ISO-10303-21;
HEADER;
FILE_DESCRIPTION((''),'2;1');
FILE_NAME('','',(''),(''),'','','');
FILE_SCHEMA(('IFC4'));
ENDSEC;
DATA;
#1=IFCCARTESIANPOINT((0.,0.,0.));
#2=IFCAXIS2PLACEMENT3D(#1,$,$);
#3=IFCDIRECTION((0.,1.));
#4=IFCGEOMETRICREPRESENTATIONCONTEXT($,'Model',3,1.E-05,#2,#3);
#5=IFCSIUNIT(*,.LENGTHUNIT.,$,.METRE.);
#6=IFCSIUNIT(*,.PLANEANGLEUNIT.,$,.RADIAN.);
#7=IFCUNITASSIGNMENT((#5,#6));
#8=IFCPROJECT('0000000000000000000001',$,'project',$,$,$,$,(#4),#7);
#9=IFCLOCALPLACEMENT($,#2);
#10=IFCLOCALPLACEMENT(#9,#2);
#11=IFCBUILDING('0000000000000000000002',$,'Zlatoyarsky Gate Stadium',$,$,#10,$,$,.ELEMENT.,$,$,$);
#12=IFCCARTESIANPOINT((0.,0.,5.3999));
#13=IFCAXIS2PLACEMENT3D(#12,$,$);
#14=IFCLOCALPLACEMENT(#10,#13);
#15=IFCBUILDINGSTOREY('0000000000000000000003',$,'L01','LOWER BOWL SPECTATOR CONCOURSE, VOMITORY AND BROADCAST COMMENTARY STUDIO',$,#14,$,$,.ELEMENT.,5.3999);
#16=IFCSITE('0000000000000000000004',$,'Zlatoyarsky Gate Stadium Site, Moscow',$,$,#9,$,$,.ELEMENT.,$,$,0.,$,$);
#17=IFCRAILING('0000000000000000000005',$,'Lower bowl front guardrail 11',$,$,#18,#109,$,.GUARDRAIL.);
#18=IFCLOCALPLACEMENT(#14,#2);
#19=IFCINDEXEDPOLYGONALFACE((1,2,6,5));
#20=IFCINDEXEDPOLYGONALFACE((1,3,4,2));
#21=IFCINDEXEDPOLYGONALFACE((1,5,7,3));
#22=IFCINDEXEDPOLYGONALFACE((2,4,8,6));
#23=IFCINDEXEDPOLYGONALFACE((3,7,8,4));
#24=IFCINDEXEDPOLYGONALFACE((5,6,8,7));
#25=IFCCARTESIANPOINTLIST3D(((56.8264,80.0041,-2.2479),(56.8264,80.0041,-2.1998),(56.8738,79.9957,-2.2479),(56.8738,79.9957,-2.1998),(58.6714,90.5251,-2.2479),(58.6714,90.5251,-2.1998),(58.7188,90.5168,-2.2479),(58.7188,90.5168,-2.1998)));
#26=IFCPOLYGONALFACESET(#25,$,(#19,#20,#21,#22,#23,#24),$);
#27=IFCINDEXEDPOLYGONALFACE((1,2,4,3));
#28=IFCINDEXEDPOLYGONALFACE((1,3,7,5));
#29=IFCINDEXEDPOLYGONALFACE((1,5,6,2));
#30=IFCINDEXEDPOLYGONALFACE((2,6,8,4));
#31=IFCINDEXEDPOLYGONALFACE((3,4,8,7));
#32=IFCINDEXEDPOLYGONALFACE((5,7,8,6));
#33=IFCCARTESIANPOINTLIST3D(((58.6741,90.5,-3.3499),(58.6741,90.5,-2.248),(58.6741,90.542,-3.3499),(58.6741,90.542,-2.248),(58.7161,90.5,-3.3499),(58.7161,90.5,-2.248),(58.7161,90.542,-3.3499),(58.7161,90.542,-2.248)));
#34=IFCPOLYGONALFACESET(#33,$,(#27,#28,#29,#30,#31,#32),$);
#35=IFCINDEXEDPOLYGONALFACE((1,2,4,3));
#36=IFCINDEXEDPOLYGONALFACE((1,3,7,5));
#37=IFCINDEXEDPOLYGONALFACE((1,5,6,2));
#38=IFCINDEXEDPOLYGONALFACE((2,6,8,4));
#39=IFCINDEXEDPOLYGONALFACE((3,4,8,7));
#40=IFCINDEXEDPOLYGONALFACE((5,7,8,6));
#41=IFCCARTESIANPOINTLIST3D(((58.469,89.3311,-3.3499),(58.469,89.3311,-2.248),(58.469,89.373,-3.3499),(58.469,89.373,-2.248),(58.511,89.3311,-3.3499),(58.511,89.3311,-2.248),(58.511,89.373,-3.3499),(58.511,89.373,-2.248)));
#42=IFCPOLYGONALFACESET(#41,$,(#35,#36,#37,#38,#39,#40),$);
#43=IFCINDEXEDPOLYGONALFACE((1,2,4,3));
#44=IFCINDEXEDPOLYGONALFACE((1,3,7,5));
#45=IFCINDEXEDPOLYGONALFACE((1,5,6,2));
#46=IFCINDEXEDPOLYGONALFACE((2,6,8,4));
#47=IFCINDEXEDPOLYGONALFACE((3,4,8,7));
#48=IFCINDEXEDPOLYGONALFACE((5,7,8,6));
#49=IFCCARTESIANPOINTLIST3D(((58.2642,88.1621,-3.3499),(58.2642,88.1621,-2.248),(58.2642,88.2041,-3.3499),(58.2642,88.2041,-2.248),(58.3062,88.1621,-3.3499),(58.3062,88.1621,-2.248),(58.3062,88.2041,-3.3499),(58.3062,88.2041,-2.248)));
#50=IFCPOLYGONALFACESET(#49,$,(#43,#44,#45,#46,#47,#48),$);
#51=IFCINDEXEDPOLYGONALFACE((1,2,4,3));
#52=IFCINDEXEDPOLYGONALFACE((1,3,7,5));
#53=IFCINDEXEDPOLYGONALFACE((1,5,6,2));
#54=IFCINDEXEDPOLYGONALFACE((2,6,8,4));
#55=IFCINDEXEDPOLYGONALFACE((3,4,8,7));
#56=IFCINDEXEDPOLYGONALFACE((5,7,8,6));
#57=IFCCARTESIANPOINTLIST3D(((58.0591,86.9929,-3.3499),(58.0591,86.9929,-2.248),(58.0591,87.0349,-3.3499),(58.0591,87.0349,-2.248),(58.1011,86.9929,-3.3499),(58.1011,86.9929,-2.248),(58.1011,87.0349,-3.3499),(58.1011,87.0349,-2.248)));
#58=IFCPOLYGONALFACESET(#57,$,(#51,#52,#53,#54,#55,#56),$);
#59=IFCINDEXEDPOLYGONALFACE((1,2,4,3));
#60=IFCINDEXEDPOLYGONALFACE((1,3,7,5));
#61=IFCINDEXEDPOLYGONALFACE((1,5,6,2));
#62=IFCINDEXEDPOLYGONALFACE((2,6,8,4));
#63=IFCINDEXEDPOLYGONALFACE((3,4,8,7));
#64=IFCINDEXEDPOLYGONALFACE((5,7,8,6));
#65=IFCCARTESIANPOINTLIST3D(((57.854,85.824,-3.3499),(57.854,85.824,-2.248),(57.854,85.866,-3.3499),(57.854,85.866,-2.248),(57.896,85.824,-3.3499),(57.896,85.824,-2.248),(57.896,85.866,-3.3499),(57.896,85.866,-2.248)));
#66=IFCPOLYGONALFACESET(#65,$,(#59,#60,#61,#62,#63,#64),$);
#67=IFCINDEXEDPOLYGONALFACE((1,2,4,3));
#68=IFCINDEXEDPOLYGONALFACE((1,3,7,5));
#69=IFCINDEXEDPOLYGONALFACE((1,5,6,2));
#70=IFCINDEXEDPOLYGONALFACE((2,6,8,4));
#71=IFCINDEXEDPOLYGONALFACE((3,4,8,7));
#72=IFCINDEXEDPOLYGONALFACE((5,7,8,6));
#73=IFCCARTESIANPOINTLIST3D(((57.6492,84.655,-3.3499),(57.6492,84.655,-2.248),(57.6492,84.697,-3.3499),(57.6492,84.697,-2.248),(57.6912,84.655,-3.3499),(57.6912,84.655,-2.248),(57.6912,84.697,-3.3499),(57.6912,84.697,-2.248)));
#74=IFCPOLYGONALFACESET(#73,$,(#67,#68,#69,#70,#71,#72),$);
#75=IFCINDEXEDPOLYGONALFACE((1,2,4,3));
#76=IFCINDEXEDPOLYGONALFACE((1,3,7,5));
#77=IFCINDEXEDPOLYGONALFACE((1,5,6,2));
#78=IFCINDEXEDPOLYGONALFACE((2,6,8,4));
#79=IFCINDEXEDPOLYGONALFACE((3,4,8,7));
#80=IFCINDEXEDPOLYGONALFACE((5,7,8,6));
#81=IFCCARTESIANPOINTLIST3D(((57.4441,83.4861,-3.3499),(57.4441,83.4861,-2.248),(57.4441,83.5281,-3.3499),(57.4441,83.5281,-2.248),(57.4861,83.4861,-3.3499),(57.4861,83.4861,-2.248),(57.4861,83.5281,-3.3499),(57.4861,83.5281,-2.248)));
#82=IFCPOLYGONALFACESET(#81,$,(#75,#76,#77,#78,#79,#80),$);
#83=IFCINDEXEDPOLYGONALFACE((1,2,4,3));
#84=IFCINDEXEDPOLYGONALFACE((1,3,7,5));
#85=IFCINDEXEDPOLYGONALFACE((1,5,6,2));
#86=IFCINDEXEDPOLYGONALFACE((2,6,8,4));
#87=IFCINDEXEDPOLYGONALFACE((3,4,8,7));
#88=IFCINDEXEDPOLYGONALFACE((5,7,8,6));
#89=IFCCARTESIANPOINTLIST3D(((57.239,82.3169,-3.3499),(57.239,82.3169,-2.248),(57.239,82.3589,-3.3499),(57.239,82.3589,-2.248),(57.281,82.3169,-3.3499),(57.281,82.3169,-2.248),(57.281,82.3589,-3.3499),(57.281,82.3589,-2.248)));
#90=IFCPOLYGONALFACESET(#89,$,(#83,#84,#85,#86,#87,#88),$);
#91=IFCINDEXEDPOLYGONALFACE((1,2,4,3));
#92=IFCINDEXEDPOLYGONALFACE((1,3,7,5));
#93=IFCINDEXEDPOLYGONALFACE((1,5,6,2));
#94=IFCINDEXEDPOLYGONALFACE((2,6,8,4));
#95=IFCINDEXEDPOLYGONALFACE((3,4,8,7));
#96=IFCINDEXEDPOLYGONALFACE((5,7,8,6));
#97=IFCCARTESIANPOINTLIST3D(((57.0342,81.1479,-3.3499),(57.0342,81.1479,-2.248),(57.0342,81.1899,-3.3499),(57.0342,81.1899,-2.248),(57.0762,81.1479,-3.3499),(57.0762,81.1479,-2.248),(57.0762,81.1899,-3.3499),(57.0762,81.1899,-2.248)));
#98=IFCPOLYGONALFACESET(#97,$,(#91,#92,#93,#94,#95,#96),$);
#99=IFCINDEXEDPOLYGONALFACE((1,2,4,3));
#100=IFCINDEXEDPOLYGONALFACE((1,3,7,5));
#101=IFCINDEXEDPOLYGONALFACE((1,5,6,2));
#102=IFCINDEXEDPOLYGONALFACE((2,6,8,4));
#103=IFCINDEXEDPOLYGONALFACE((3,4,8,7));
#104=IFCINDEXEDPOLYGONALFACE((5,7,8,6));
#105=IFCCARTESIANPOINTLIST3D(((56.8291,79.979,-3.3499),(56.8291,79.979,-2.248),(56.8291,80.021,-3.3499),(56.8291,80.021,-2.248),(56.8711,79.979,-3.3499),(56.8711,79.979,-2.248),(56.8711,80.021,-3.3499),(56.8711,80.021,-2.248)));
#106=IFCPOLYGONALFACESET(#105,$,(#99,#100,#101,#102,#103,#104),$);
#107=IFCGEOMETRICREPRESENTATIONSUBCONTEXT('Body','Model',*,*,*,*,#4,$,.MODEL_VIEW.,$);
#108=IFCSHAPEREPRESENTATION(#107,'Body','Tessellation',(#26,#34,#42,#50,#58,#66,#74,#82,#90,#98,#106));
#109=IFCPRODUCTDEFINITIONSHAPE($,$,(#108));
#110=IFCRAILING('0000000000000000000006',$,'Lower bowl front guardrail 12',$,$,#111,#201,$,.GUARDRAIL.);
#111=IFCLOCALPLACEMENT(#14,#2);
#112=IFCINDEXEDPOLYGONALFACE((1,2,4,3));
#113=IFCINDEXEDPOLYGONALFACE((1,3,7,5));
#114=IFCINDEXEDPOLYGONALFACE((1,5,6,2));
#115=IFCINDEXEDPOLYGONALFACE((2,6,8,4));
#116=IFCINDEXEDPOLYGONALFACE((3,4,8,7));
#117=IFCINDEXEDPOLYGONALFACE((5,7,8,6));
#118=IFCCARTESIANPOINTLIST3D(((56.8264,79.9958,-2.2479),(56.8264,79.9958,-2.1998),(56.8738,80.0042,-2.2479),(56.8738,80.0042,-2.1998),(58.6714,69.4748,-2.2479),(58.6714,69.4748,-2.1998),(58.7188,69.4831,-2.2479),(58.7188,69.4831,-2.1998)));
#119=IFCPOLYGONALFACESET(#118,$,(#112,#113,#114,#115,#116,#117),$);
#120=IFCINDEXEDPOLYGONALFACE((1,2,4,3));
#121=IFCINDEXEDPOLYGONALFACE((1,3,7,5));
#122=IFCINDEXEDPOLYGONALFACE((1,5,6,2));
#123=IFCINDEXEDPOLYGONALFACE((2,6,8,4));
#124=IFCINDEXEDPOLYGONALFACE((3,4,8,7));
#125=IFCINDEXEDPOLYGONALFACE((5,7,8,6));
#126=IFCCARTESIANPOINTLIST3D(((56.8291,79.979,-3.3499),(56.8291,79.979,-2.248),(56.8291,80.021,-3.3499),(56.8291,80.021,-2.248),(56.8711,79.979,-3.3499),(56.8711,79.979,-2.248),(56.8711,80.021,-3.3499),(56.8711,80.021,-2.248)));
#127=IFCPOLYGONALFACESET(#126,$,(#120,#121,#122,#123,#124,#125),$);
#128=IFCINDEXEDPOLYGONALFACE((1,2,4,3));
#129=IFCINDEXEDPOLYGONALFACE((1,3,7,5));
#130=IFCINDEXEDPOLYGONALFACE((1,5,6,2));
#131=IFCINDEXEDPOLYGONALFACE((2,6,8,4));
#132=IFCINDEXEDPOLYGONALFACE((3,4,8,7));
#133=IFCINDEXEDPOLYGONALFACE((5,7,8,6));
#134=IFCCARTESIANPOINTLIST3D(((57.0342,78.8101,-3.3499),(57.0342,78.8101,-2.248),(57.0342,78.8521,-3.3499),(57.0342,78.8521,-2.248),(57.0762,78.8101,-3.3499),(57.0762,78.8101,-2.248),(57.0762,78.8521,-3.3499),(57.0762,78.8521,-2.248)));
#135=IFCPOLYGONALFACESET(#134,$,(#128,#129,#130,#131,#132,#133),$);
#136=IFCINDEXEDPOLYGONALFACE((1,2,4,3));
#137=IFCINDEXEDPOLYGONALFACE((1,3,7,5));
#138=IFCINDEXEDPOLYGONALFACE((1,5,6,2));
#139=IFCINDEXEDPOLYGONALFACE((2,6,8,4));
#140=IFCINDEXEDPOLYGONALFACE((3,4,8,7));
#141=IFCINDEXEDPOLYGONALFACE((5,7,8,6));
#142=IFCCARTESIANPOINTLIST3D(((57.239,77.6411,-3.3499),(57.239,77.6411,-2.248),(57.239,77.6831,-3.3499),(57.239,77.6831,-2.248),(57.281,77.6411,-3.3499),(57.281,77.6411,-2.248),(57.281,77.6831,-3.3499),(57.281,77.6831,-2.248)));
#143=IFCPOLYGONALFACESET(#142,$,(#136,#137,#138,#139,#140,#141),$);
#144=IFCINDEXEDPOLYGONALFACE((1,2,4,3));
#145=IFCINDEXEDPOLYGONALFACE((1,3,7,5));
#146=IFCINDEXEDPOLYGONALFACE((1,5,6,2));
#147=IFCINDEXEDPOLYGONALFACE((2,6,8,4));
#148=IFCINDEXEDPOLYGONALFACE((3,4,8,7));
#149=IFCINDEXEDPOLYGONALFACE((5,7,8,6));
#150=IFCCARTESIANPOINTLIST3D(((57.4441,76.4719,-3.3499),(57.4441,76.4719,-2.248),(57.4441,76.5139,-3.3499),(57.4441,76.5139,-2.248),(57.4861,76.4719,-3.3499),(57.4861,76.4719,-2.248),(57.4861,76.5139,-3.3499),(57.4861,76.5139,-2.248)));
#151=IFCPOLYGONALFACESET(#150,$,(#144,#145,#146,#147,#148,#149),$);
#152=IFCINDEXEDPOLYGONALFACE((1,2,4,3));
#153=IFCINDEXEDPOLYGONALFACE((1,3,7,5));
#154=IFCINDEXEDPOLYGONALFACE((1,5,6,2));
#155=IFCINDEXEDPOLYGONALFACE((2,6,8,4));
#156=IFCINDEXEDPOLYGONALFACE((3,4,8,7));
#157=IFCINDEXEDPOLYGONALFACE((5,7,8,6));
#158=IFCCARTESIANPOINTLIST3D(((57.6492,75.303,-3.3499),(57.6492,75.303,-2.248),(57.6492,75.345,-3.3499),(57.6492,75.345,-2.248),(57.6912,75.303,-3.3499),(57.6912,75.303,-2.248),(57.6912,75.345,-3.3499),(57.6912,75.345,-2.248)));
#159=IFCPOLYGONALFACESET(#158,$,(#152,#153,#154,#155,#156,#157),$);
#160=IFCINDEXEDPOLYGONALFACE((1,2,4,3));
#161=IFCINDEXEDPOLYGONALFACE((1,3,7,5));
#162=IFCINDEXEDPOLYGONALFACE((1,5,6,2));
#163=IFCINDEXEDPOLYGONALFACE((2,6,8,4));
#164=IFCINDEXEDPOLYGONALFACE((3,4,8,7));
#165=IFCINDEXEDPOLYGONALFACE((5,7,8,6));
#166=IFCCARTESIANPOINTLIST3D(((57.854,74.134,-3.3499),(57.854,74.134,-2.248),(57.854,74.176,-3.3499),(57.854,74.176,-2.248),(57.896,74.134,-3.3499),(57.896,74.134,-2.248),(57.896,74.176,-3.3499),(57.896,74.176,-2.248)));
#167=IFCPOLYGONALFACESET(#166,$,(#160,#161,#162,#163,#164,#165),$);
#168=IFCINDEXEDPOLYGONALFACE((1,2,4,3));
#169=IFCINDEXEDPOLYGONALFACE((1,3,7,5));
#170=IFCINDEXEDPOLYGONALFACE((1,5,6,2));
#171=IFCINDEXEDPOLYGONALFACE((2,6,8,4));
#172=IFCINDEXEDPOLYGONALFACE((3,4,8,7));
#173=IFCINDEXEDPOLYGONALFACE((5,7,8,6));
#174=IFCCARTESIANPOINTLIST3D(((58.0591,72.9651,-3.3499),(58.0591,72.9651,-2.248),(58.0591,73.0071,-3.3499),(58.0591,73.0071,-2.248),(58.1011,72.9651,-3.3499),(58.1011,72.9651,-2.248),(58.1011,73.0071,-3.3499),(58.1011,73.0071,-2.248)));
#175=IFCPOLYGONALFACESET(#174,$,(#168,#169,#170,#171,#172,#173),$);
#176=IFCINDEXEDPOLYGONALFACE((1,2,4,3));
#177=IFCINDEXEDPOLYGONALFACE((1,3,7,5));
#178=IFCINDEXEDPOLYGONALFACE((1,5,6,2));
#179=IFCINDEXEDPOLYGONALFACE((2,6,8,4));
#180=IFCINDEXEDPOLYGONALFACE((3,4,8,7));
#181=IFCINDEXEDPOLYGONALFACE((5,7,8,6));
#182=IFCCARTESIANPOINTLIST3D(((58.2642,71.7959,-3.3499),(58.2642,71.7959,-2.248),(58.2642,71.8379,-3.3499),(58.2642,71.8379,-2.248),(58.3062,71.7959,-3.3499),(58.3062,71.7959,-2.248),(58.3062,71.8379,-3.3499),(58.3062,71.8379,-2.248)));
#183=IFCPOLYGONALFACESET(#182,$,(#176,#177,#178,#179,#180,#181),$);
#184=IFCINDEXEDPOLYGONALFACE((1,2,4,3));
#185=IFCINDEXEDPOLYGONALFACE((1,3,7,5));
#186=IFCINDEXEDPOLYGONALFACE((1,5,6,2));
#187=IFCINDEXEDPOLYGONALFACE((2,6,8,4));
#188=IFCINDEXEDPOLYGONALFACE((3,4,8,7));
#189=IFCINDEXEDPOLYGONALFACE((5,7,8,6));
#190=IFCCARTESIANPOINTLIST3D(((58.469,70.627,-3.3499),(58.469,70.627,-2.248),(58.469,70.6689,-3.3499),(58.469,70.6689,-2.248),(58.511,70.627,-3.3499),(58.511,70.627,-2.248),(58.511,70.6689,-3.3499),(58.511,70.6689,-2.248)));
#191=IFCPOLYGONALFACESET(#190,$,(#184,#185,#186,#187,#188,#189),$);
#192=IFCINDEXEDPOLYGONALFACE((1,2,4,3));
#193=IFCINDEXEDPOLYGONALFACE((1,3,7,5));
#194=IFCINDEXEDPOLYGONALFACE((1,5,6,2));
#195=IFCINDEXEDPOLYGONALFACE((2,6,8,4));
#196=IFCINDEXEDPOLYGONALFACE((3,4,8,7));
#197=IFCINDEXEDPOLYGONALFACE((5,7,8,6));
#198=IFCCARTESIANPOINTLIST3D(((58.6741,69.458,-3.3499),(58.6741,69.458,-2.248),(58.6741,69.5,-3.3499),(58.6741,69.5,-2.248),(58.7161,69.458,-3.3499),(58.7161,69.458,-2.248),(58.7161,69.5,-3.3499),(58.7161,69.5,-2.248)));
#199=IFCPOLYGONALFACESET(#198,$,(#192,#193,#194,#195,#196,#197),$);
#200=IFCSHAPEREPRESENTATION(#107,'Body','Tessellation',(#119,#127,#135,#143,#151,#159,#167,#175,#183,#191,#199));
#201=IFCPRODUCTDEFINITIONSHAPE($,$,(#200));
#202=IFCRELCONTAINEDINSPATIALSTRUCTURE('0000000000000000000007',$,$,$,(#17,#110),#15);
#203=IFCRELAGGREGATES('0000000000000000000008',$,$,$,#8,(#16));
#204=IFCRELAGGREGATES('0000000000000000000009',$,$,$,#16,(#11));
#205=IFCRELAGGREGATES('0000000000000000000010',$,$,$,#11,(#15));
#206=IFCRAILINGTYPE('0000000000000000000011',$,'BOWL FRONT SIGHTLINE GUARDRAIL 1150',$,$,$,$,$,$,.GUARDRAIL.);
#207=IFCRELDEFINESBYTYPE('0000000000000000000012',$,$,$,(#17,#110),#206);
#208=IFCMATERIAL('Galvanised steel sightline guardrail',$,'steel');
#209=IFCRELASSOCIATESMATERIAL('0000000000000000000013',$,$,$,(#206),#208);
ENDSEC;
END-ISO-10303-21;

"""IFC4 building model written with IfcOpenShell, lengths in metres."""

from ifc_helpers import new_model, si_unit, direction, frame, origin, origin_2d, place, context, subcontext, project, spatial, rectangle, extrude, material, type_object, element, save


model = new_model("IFC4")

# Units and contexts
model_context = context("Model", 3, precision=1e-05, world=origin(), true_north=direction((0.0, 1.0)))
body_context = subcontext(model_context, "Body", "Model", "MODEL_VIEW")
ifc_project = project(units=[si_unit("LENGTHUNIT", "METRE"), si_unit("PLANEANGLEUNIT", "RADIAN")], contexts=[model_context])

# Site, building, storey
site_placement = place(None, origin())
site = spatial("IfcSite", under=ifc_project, at=site_placement, Name="Zlatoyarsky Gate Stadium Site, Moscow", CompositionType="ELEMENT", RefElevation=0.0)
building_placement = place(site_placement, origin())
building = spatial("IfcBuilding", under=site, at=building_placement, Name="Zlatoyarsky Gate Stadium", CompositionType="ELEMENT")
storey_placement = place(building_placement, frame((0.0, 0.0, 5.3999)))
storey = spatial("IfcBuildingStorey", under=building, at=storey_placement, Name="L01", Description="LOWER BOWL SPECTATOR CONCOURSE, VOMITORY AND BROADCAST COMMENTARY STUDIO", CompositionType="ELEMENT", Elevation=5.3999)

# Railings
ifc_material_1 = material(Name="Galvanised steel sightline guardrail", Category="steel")
railing_type_1 = type_object("IfcRailingType", Name="BOWL FRONT SIGHTLINE GUARDRAIL 1150", PredefinedType="GUARDRAIL", material=ifc_material_1)
railing_1_placement = place(storey_placement, frame((58.6951, 90.521, -3.3499)))
element("IfcRailing", 1, at=railing_1_placement, inside=storey, type_object=railing_type_1, Name="Lower bowl front guardrail 11", PredefinedType="GUARDRAIL", context=body_context, shape_type="SweptSolid", body=[
    extrude(rectangle(XDim=0.0481, YDim=0.0481, at=origin_2d()), frame((0.0, 0.0, 1.126), z_axis=(-0.172725, -0.98497, 0.0), x_axis=(0.98497, -0.172725, 0.0)), (0.0, 0.0, 1.0), 10.6816),
    extrude(rectangle(XDim=0.042, YDim=0.042, at=origin_2d()), origin(), (0.0, 0.0, 1.0), 1.1018),
    extrude(rectangle(XDim=0.042, YDim=0.042, at=origin_2d()), frame((-0.2051, -1.1689, 0.0)), (0.0, 0.0, 1.0), 1.1018),
    extrude(rectangle(XDim=0.042, YDim=0.042, at=origin_2d()), frame((-0.4099, -2.3379, 0.0)), (0.0, 0.0, 1.0), 1.1018),
    extrude(rectangle(XDim=0.042, YDim=0.042, at=origin_2d()), frame((-0.615, -3.5071, 0.0)), (0.0, 0.0, 1.0), 1.1018),
    extrude(rectangle(XDim=0.042, YDim=0.042, at=origin_2d()), frame((-0.8201, -4.676, 0.0)), (0.0, 0.0, 1.0), 1.1018),
    extrude(rectangle(XDim=0.042, YDim=0.042, at=origin_2d()), frame((-1.0249, -5.845, 0.0)), (0.0, 0.0, 1.0), 1.1018),
    extrude(rectangle(XDim=0.042, YDim=0.042, at=origin_2d()), frame((-1.23, -7.0139, 0.0)), (0.0, 0.0, 1.0), 1.1018),
    extrude(rectangle(XDim=0.042, YDim=0.042, at=origin_2d()), frame((-1.4351, -8.1831, 0.0)), (0.0, 0.0, 1.0), 1.1018),
    extrude(rectangle(XDim=0.042, YDim=0.042, at=origin_2d()), frame((-1.6399, -9.3521, 0.0)), (0.0, 0.0, 1.0), 1.1018),
    extrude(rectangle(XDim=0.042, YDim=0.042, at=origin_2d()), frame((-1.845, -10.521, 0.0)), (0.0, 0.0, 1.0), 1.1018),
])
railing_2_placement = place(storey_placement, frame((56.8501, 80.0, -3.3499)))
element("IfcRailing", 2, at=railing_2_placement, inside=storey, type_object=railing_type_1, Name="Lower bowl front guardrail 12", PredefinedType="GUARDRAIL", context=body_context, shape_type="SweptSolid", body=[
    extrude(rectangle(XDim=0.0481, YDim=0.0481, at=origin_2d()), frame((0.0, 0.0, 1.126), z_axis=(0.172725, -0.98497, 0.0), x_axis=(0.98497, 0.172725, 0.0)), (0.0, 0.0, 1.0), 10.6816),
    extrude(rectangle(XDim=0.042, YDim=0.042, at=origin_2d()), origin(), (0.0, 0.0, 1.0), 1.1018),
    extrude(rectangle(XDim=0.042, YDim=0.042, at=origin_2d()), frame((0.2051, -1.1689, 0.0)), (0.0, 0.0, 1.0), 1.1018),
    extrude(rectangle(XDim=0.042, YDim=0.042, at=origin_2d()), frame((0.4099, -2.3379, 0.0)), (0.0, 0.0, 1.0), 1.1018),
    extrude(rectangle(XDim=0.042, YDim=0.042, at=origin_2d()), frame((0.615, -3.5071, 0.0)), (0.0, 0.0, 1.0), 1.1018),
    extrude(rectangle(XDim=0.042, YDim=0.042, at=origin_2d()), frame((0.8201, -4.676, 0.0)), (0.0, 0.0, 1.0), 1.1018),
    extrude(rectangle(XDim=0.042, YDim=0.042, at=origin_2d()), frame((1.0249, -5.845, 0.0)), (0.0, 0.0, 1.0), 1.1018),
    extrude(rectangle(XDim=0.042, YDim=0.042, at=origin_2d()), frame((1.23, -7.0139, 0.0)), (0.0, 0.0, 1.0), 1.1018),
    extrude(rectangle(XDim=0.042, YDim=0.042, at=origin_2d()), frame((1.4351, -8.1831, 0.0)), (0.0, 0.0, 1.0), 1.1018),
    extrude(rectangle(XDim=0.042, YDim=0.042, at=origin_2d()), frame((1.6399, -9.3521, 0.0)), (0.0, 0.0, 1.0), 1.1018),
    extrude(rectangle(XDim=0.042, YDim=0.042, at=origin_2d()), frame((1.845, -10.521, 0.0)), (0.0, 0.0, 1.0), 1.1018),
])

save(model, "model.ifc")
